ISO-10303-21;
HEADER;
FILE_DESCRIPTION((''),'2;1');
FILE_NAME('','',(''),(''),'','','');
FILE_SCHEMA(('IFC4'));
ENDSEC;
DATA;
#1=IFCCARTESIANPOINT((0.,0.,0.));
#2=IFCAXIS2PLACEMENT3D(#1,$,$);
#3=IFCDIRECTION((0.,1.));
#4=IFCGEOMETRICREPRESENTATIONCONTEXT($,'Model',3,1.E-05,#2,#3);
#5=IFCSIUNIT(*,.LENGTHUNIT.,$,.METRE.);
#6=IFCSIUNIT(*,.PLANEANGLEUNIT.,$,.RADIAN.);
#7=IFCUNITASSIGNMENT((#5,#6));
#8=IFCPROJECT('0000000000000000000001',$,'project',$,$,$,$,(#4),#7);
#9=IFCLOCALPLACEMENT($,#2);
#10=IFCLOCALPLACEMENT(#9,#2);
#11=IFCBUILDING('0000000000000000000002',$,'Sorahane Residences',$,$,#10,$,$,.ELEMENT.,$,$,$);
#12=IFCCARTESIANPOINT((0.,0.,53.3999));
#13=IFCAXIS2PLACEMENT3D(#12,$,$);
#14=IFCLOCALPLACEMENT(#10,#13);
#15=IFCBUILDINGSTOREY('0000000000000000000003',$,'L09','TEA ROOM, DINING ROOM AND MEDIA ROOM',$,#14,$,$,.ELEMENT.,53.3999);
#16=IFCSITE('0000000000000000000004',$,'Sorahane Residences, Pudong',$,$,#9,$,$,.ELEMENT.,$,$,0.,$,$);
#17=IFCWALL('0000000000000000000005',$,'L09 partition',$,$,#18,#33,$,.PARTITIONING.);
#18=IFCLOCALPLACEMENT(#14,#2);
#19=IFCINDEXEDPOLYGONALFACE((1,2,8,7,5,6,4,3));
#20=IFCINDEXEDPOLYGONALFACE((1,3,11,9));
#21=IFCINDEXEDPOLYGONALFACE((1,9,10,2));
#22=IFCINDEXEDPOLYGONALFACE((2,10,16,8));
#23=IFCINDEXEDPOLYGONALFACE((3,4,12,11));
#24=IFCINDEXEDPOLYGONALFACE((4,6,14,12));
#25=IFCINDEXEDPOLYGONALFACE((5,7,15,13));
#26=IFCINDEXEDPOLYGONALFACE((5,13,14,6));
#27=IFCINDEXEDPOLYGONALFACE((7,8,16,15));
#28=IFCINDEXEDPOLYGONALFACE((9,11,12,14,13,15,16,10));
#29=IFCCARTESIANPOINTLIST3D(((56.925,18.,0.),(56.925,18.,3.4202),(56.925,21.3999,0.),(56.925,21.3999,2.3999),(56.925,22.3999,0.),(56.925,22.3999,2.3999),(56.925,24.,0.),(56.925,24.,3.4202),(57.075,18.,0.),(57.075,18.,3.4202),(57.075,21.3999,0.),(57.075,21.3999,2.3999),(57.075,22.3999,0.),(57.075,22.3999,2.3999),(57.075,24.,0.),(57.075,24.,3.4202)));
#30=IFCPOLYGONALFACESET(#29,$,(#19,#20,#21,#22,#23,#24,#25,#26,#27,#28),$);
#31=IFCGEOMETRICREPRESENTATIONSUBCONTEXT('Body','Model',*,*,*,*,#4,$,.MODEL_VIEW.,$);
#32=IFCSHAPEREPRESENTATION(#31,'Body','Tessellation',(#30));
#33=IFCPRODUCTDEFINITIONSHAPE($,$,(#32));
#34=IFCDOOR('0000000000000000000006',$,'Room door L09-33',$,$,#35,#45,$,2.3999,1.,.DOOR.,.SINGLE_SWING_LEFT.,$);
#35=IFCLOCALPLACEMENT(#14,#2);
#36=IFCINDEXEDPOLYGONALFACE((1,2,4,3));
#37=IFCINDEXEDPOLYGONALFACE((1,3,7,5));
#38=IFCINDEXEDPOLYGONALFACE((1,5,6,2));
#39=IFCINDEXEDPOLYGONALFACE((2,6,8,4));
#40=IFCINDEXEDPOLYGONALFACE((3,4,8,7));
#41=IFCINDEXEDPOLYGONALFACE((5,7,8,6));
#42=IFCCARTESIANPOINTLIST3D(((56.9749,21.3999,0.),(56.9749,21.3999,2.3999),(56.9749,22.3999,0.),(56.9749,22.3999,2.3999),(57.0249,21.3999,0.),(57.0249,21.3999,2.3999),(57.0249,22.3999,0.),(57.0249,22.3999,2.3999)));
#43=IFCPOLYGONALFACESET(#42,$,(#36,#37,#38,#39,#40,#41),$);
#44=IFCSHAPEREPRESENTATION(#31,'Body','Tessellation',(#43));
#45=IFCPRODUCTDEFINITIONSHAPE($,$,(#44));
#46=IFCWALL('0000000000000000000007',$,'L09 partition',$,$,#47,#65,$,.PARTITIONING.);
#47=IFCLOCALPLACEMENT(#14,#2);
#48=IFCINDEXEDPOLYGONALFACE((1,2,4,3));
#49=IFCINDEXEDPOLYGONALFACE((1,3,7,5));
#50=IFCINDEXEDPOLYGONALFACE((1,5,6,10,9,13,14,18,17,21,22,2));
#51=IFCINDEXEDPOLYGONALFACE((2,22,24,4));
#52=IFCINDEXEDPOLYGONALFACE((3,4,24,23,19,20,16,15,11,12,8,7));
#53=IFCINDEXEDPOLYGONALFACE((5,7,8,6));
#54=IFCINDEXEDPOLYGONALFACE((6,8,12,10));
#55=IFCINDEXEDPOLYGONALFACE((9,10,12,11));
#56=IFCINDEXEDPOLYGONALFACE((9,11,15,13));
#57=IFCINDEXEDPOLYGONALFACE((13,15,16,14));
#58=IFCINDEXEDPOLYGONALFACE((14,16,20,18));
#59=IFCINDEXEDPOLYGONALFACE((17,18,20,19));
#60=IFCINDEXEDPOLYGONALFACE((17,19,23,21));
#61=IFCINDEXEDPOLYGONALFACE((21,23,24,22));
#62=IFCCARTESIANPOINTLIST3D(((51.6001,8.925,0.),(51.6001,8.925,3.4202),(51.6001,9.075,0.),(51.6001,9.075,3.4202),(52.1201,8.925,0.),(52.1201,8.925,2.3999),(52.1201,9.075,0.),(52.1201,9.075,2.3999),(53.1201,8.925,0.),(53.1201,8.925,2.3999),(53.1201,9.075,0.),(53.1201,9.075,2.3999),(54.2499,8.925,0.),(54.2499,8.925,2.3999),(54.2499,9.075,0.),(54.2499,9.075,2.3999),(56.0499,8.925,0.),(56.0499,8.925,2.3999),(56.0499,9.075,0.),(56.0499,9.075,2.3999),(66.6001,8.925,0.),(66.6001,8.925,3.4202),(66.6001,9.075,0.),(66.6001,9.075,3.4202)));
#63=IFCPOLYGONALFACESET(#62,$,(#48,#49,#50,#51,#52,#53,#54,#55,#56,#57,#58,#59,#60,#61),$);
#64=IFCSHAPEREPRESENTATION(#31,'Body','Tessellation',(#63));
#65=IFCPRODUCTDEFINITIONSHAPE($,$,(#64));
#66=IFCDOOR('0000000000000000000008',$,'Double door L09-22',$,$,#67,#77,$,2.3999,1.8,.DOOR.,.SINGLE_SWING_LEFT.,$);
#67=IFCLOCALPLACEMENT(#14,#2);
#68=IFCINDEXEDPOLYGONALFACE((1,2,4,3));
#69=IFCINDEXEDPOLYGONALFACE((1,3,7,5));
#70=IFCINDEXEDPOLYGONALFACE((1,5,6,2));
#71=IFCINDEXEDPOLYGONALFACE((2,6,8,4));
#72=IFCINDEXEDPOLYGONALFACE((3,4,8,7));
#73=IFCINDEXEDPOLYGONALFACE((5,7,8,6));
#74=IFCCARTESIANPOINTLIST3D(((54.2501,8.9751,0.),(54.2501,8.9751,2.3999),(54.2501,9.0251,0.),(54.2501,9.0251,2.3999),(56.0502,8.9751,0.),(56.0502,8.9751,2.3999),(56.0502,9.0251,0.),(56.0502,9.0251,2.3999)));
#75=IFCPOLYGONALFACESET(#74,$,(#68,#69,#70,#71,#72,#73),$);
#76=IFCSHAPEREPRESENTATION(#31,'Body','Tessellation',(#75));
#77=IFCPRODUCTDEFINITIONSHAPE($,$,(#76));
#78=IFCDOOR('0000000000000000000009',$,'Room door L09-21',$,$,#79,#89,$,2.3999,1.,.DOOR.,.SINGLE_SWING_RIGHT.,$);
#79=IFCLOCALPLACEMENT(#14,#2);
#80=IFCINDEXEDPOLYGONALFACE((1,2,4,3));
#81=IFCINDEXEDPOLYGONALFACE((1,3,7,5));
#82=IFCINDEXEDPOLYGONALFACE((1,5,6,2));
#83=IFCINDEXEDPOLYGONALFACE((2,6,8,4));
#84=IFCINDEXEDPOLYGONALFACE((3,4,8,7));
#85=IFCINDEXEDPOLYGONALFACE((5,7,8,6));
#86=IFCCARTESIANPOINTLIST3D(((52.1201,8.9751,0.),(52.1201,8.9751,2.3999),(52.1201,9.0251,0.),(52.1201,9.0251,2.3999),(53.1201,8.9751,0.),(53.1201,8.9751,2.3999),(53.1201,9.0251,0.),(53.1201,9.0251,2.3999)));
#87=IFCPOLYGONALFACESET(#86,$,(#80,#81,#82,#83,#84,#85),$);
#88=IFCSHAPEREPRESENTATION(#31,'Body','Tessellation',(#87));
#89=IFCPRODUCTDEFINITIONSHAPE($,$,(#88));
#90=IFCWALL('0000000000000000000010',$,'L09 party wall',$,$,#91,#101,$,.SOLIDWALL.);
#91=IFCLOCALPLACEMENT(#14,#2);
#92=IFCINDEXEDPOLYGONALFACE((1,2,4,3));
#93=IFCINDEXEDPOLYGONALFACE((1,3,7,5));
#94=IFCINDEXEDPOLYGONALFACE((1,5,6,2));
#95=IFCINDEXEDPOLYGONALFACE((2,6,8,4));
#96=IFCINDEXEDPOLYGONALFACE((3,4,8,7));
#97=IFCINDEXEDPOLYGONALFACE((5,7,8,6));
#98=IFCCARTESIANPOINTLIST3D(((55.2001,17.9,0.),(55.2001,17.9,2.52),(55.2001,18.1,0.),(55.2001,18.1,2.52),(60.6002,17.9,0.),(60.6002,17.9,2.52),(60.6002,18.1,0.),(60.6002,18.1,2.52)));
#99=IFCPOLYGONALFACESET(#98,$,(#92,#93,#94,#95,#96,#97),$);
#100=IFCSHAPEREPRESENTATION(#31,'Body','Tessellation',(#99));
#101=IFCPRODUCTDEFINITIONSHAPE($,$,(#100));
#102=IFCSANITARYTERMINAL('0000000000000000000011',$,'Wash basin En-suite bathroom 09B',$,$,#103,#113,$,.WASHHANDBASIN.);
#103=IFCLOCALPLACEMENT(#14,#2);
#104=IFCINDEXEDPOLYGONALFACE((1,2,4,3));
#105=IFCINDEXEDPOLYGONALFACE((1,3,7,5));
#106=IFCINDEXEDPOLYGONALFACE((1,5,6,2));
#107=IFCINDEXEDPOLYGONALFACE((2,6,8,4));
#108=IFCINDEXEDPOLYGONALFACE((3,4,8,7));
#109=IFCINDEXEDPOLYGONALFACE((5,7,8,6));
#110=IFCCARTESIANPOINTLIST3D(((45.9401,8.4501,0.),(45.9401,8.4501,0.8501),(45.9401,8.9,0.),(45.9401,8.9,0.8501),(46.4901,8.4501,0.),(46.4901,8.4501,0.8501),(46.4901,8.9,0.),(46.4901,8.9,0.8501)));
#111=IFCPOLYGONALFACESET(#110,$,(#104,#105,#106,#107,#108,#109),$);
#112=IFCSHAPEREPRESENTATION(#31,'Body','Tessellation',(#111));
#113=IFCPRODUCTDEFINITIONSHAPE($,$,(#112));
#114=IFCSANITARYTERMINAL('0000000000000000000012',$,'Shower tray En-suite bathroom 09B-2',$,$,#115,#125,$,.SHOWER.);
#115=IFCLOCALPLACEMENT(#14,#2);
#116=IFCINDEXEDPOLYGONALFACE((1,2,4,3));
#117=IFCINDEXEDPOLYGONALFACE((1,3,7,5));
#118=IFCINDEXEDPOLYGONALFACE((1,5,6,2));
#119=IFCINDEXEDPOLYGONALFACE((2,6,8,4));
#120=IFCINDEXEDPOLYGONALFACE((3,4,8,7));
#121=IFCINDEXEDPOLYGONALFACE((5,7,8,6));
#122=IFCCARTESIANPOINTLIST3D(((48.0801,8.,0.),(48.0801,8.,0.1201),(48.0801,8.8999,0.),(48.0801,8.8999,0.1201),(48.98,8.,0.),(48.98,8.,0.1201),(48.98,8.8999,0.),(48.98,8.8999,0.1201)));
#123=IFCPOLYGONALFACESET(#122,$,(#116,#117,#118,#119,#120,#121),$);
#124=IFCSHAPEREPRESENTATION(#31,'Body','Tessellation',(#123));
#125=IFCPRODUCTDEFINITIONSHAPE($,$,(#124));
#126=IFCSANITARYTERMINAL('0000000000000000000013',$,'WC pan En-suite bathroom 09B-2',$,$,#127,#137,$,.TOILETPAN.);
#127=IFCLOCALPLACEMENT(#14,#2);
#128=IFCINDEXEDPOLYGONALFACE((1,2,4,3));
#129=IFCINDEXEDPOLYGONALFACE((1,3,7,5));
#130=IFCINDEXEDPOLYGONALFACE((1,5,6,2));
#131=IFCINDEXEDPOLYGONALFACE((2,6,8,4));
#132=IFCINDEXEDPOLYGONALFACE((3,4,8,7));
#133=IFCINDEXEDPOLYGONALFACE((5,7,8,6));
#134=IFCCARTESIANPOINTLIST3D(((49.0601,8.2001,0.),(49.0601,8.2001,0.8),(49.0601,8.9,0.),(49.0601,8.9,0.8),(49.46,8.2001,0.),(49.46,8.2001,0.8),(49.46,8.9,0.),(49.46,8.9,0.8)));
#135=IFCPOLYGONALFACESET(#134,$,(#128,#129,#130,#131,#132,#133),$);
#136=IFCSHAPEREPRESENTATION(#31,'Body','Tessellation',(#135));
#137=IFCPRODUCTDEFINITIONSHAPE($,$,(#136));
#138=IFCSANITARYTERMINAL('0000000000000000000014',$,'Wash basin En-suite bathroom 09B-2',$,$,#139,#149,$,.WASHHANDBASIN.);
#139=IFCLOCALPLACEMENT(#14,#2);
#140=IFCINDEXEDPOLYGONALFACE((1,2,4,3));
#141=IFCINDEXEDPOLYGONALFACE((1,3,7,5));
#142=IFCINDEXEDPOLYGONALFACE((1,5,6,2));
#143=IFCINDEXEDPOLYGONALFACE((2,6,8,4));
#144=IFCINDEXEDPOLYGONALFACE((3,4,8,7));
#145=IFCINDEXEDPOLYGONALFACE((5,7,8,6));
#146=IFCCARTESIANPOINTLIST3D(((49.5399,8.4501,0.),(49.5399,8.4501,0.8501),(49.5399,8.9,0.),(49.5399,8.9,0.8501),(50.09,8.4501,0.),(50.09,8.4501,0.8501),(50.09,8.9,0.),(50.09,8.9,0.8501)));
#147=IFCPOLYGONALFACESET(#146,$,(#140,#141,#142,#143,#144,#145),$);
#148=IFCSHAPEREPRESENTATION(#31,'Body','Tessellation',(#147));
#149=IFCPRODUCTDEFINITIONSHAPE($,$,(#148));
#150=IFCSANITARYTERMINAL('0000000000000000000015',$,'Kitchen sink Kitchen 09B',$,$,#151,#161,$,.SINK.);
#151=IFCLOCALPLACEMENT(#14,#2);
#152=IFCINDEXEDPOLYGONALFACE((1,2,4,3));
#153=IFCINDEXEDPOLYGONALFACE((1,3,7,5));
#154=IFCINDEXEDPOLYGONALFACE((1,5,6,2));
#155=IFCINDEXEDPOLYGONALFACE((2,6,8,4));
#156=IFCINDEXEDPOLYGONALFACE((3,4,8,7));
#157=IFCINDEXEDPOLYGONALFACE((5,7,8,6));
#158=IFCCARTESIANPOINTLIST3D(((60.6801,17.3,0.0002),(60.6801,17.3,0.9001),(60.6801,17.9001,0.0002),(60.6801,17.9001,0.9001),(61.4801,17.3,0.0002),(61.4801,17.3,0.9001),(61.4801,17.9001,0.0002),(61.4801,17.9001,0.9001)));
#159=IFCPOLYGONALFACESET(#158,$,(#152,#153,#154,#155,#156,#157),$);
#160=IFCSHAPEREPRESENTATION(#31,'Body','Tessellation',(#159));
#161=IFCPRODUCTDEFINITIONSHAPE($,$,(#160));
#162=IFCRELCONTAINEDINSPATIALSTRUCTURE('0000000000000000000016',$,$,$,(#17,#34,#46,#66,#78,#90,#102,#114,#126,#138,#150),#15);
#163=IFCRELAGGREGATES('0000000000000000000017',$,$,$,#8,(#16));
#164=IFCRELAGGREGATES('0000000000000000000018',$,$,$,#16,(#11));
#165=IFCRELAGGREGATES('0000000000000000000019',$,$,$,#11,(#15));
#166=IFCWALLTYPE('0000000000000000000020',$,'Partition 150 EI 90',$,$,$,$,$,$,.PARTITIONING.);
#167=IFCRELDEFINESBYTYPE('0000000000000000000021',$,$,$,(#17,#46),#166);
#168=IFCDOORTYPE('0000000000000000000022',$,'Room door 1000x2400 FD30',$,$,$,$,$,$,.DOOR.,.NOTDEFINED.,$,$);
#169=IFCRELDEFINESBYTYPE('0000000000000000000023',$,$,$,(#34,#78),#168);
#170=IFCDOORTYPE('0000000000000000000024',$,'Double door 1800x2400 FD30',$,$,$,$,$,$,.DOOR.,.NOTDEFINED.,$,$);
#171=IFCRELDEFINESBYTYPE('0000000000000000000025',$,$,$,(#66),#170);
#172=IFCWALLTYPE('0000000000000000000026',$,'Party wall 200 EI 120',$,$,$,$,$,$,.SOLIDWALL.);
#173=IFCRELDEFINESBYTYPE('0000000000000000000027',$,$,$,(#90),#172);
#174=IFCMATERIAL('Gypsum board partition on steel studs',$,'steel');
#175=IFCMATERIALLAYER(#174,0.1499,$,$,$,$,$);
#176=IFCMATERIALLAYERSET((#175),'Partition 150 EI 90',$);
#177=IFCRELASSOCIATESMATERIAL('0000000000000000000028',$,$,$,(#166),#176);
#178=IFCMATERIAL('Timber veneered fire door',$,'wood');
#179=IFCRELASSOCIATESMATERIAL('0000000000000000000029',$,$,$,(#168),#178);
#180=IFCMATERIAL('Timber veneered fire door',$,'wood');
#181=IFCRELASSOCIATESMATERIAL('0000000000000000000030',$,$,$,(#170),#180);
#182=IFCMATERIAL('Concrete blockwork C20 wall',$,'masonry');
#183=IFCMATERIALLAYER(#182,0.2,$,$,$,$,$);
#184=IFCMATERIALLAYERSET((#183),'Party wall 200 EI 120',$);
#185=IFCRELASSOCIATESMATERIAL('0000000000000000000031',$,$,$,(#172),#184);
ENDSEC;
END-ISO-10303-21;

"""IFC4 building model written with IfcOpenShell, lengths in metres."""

from ifc_helpers import new_model, si_unit, direction, frame, frame_2d, origin, origin_2d, place, context, subcontext, project, spatial, rectangle, extrude, material, layer, layer_set, type_object, element, fill, save


model = new_model("IFC4")

# Units and contexts
model_context = context("Model", 3, precision=1e-05, world=origin(), true_north=direction((0.0, 1.0)))
body_context = subcontext(model_context, "Body", "Model", "MODEL_VIEW")
ifc_project = project(units=[si_unit("LENGTHUNIT", "METRE"), si_unit("PLANEANGLEUNIT", "RADIAN")], contexts=[model_context])

# Site, building, storey
site_placement = place(None, origin())
site = spatial("IfcSite", under=ifc_project, at=site_placement, Name="Sorahane Residences, Pudong", CompositionType="ELEMENT", RefElevation=0.0)
building_placement = place(site_placement, origin())
building = spatial("IfcBuilding", under=site, at=building_placement, Name="Sorahane Residences", CompositionType="ELEMENT")
storey_placement = place(building_placement, frame((0.0, 0.0, 53.3999)))
storey = spatial("IfcBuildingStorey", under=building, at=storey_placement, Name="L09", Description="TEA ROOM, DINING ROOM AND MEDIA ROOM", CompositionType="ELEMENT", Elevation=53.3999)

# Shared definitions
ifc_material_1 = material(Name="Gypsum board partition on steel studs", Category="steel")
ifc_layer_1 = layer(ifc_material_1, 0.1499)
ifc_layer_set_1 = layer_set([ifc_layer_1], Name="Partition 150 EI 90")
wall_type_1 = type_object("IfcWallType", Name="Partition 150 EI 90", PredefinedType="PARTITIONING", material=ifc_layer_set_1)

# Wall, opening, door
wall_1_placement = place(storey_placement, frame((57.0, 18.0, 0.0), z_axis=(0.0, 0.0, 1.0), x_axis=(0.0, 1.0, 0.0)))
wall_1 = element("IfcWall", 1, at=wall_1_placement, inside=storey, type_object=wall_type_1, Name="L09 partition", PredefinedType="PARTITIONING", context=body_context, shape_type="SweptSolid", body=[
    extrude(rectangle(XDim=6.0, YDim=0.1499, at=frame_2d((3.0, 0.0))), origin(), (0.0, 0.0, 1.0), 3.4202),
])
opening_1_placement = place(wall_1_placement, frame((3.3999, 0.0, 0.0)))
opening_1 = element("IfcOpeningElement", 2, at=opening_1_placement, cuts=wall_1, PredefinedType="OPENING", context=body_context, shape_type="SweptSolid", body=[
    extrude(rectangle(XDim=1.0, YDim=2.3999, at=frame_2d((0.5, 1.2))), frame((0.0, 0.085, 0.0), z_axis=(0.0, -1.0, 0.0), x_axis=(1.0, 0.0, 0.0)), (0.0, 0.0, 1.0), 0.1699),
])
ifc_material_2 = material(Name="Timber veneered fire door", Category="wood")
door_type_1 = type_object("IfcDoorType", Name="Room door 1000x2400 FD30", OperationType="NOTDEFINED", PredefinedType="DOOR", material=ifc_material_2)
door_1_placement = place(opening_1_placement, frame((1.0, 0.0, 0.0), z_axis=(0.0, 0.0, 1.0), x_axis=(-1.0, 0.0, 0.0)))
door_1 = element("IfcDoor", 3, at=door_1_placement, inside=storey, type_object=door_type_1, Name="Room door L09-33", OperationType="SINGLE_SWING_LEFT", OverallHeight=2.3999, OverallWidth=1.0, PredefinedType="DOOR", context=body_context, shape_type="SweptSolid", body=[
    extrude(rectangle(XDim=1.0, YDim=2.3999, at=frame_2d((0.5, 1.2))), frame((0.0, 0.0249, 0.0), z_axis=(0.0, -1.0, 0.0), x_axis=(1.0, 0.0, 0.0)), (0.0, 0.0, 1.0), 0.05),
])
fill(opening_1, door_1)

# Wall, openings, doors
wall_2_placement = place(storey_placement, frame((51.6001, 9.0, 0.0), z_axis=(0.0, 0.0, 1.0), x_axis=(1.0, 0.0, 0.0)))
wall_2 = element("IfcWall", 4, at=wall_2_placement, inside=storey, type_object=wall_type_1, Name="L09 partition", PredefinedType="PARTITIONING", context=body_context, shape_type="SweptSolid", body=[
    extrude(rectangle(XDim=15.0, YDim=0.1499, at=frame_2d((7.5, 0.0))), origin(), (0.0, 0.0, 1.0), 3.4202),
])
opening_2_placement = place(wall_2_placement, frame((0.52, 0.0, 0.0)))
opening_2 = element("IfcOpeningElement", 5, at=opening_2_placement, cuts=wall_2, PredefinedType="OPENING", context=body_context, shape_type="SweptSolid", body=[
    extrude(rectangle(XDim=1.0, YDim=2.3999, at=frame_2d((0.5, 1.2))), frame((0.0, 0.085, 0.0), z_axis=(0.0, -1.0, 0.0), x_axis=(1.0, 0.0, 0.0)), (0.0, 0.0, 1.0), 0.1699),
])
opening_3_placement = place(wall_2_placement, frame((2.6499, 0.0, 0.0)))
opening_3 = element("IfcOpeningElement", 6, at=opening_3_placement, cuts=wall_2, PredefinedType="OPENING", context=body_context, shape_type="SweptSolid", body=[
    extrude(rectangle(XDim=1.8, YDim=2.3999, at=frame_2d((0.8999, 1.2))), frame((0.0, 0.085, 0.0), z_axis=(0.0, -1.0, 0.0), x_axis=(1.0, 0.0, 0.0)), (0.0, 0.0, 1.0), 0.1699),
])
ifc_material_3 = material(Name="Timber veneered fire door", Category="wood")
door_type_2 = type_object("IfcDoorType", Name="Double door 1800x2400 FD30", OperationType="NOTDEFINED", PredefinedType="DOOR", material=ifc_material_3)
door_2_placement = place(opening_3_placement, frame((1.8, 0.0, 0.0), z_axis=(0.0, 0.0, 1.0), x_axis=(-1.0, 0.0, 0.0)))
door_2 = element("IfcDoor", 7, at=door_2_placement, inside=storey, type_object=door_type_2, Name="Double door L09-22", OperationType="SINGLE_SWING_LEFT", OverallHeight=2.3999, OverallWidth=1.8, PredefinedType="DOOR", context=body_context, shape_type="SweptSolid", body=[
    extrude(rectangle(XDim=1.8, YDim=2.3999, at=frame_2d((0.8999, 1.2))), frame((0.0, 0.0249, 0.0), z_axis=(0.0, -1.0, 0.0), x_axis=(1.0, 0.0, 0.0)), (0.0, 0.0, 1.0), 0.05),
])
fill(opening_3, door_2)
door_3_placement = place(opening_2_placement, frame((1.0, 0.0, 0.0), z_axis=(0.0, 0.0, 1.0), x_axis=(-1.0, 0.0, 0.0)))
door_3 = element("IfcDoor", 8, at=door_3_placement, inside=storey, type_object=door_type_1, Name="Room door L09-21", OperationType="SINGLE_SWING_RIGHT", OverallHeight=2.3999, OverallWidth=1.0, PredefinedType="DOOR", context=body_context, shape_type="SweptSolid", body=[
    extrude(rectangle(XDim=1.0, YDim=2.3999, at=frame_2d((0.5, 1.2))), frame((0.0, 0.0249, 0.0), z_axis=(0.0, -1.0, 0.0), x_axis=(1.0, 0.0, 0.0)), (0.0, 0.0, 1.0), 0.05),
])
fill(opening_2, door_3)

# Wall
ifc_material_4 = material(Name="Concrete blockwork C20 wall", Category="masonry")
ifc_layer_2 = layer(ifc_material_4, 0.2)
ifc_layer_set_2 = layer_set([ifc_layer_2], Name="Party wall 200 EI 120")
wall_type_2 = type_object("IfcWallType", Name="Party wall 200 EI 120", PredefinedType="SOLIDWALL", material=ifc_layer_set_2)
wall_3_placement = place(storey_placement, frame((55.2, 18.0, 0.0), z_axis=(0.0, 0.0, 1.0), x_axis=(1.0, 0.0, 0.0)))
element("IfcWall", 9, at=wall_3_placement, inside=storey, type_object=wall_type_2, Name="L09 party wall", PredefinedType="SOLIDWALL", context=body_context, shape_type="SweptSolid", body=[
    extrude(rectangle(XDim=5.4001, YDim=0.2, at=frame_2d((2.7002, 0.0))), origin(), (0.0, 0.0, 1.0), 2.52),
])

# Sanitary terminals
sanitary_terminal_1_placement = place(storey_placement, frame((46.2151, 8.675, 0.0), z_axis=(0.0, 0.0, 1.0), x_axis=(1.0, 0.0, 0.0)))
element("IfcSanitaryTerminal", 10, at=sanitary_terminal_1_placement, inside=storey, Name="Wash basin En-suite bathroom 09B", PredefinedType="WASHHANDBASIN", context=body_context, shape_type="SweptSolid", body=[
    extrude(rectangle(XDim=0.55, YDim=0.45, at=origin_2d()), origin(), (0.0, 0.0, 1.0), 0.8501),
])
sanitary_terminal_2_placement = place(storey_placement, frame((48.53, 8.45, 0.0), z_axis=(0.0, 0.0, 1.0), x_axis=(1.0, 0.0, 0.0)))
element("IfcSanitaryTerminal", 11, at=sanitary_terminal_2_placement, inside=storey, Name="Shower tray En-suite bathroom 09B-2", PredefinedType="SHOWER", context=body_context, shape_type="SweptSolid", body=[
    extrude(rectangle(XDim=0.8999, YDim=0.8999, at=origin_2d()), origin(), (0.0, 0.0, 1.0), 0.1201),
])
sanitary_terminal_3_placement = place(storey_placement, frame((49.26, 8.55, 0.0), z_axis=(0.0, 0.0, 1.0), x_axis=(1.0, 0.0, 0.0)))
element("IfcSanitaryTerminal", 12, at=sanitary_terminal_3_placement, inside=storey, Name="WC pan En-suite bathroom 09B-2", PredefinedType="TOILETPAN", context=body_context, shape_type="SweptSolid", body=[
    extrude(rectangle(XDim=0.3999, YDim=0.7, at=origin_2d()), origin(), (0.0, 0.0, 1.0), 0.8),
])
sanitary_terminal_4_placement = place(storey_placement, frame((49.8149, 8.675, 0.0), z_axis=(0.0, 0.0, 1.0), x_axis=(1.0, 0.0, 0.0)))
element("IfcSanitaryTerminal", 13, at=sanitary_terminal_4_placement, inside=storey, Name="Wash basin En-suite bathroom 09B-2", PredefinedType="WASHHANDBASIN", context=body_context, shape_type="SweptSolid", body=[
    extrude(rectangle(XDim=0.55, YDim=0.45, at=origin_2d()), origin(), (0.0, 0.0, 1.0), 0.8501),
])
sanitary_terminal_5_placement = place(storey_placement, frame((61.0801, 17.6001, 0.0002), z_axis=(0.0, 0.0, 1.0), x_axis=(1.0, 0.0, 0.0)))
element("IfcSanitaryTerminal", 14, at=sanitary_terminal_5_placement, inside=storey, Name="Kitchen sink Kitchen 09B", PredefinedType="SINK", context=body_context, shape_type="SweptSolid", body=[
    extrude(rectangle(XDim=0.8, YDim=0.6001, at=origin_2d()), origin(), (0.0, 0.0, 1.0), 0.8999),
])

save(model, "model.ifc")
